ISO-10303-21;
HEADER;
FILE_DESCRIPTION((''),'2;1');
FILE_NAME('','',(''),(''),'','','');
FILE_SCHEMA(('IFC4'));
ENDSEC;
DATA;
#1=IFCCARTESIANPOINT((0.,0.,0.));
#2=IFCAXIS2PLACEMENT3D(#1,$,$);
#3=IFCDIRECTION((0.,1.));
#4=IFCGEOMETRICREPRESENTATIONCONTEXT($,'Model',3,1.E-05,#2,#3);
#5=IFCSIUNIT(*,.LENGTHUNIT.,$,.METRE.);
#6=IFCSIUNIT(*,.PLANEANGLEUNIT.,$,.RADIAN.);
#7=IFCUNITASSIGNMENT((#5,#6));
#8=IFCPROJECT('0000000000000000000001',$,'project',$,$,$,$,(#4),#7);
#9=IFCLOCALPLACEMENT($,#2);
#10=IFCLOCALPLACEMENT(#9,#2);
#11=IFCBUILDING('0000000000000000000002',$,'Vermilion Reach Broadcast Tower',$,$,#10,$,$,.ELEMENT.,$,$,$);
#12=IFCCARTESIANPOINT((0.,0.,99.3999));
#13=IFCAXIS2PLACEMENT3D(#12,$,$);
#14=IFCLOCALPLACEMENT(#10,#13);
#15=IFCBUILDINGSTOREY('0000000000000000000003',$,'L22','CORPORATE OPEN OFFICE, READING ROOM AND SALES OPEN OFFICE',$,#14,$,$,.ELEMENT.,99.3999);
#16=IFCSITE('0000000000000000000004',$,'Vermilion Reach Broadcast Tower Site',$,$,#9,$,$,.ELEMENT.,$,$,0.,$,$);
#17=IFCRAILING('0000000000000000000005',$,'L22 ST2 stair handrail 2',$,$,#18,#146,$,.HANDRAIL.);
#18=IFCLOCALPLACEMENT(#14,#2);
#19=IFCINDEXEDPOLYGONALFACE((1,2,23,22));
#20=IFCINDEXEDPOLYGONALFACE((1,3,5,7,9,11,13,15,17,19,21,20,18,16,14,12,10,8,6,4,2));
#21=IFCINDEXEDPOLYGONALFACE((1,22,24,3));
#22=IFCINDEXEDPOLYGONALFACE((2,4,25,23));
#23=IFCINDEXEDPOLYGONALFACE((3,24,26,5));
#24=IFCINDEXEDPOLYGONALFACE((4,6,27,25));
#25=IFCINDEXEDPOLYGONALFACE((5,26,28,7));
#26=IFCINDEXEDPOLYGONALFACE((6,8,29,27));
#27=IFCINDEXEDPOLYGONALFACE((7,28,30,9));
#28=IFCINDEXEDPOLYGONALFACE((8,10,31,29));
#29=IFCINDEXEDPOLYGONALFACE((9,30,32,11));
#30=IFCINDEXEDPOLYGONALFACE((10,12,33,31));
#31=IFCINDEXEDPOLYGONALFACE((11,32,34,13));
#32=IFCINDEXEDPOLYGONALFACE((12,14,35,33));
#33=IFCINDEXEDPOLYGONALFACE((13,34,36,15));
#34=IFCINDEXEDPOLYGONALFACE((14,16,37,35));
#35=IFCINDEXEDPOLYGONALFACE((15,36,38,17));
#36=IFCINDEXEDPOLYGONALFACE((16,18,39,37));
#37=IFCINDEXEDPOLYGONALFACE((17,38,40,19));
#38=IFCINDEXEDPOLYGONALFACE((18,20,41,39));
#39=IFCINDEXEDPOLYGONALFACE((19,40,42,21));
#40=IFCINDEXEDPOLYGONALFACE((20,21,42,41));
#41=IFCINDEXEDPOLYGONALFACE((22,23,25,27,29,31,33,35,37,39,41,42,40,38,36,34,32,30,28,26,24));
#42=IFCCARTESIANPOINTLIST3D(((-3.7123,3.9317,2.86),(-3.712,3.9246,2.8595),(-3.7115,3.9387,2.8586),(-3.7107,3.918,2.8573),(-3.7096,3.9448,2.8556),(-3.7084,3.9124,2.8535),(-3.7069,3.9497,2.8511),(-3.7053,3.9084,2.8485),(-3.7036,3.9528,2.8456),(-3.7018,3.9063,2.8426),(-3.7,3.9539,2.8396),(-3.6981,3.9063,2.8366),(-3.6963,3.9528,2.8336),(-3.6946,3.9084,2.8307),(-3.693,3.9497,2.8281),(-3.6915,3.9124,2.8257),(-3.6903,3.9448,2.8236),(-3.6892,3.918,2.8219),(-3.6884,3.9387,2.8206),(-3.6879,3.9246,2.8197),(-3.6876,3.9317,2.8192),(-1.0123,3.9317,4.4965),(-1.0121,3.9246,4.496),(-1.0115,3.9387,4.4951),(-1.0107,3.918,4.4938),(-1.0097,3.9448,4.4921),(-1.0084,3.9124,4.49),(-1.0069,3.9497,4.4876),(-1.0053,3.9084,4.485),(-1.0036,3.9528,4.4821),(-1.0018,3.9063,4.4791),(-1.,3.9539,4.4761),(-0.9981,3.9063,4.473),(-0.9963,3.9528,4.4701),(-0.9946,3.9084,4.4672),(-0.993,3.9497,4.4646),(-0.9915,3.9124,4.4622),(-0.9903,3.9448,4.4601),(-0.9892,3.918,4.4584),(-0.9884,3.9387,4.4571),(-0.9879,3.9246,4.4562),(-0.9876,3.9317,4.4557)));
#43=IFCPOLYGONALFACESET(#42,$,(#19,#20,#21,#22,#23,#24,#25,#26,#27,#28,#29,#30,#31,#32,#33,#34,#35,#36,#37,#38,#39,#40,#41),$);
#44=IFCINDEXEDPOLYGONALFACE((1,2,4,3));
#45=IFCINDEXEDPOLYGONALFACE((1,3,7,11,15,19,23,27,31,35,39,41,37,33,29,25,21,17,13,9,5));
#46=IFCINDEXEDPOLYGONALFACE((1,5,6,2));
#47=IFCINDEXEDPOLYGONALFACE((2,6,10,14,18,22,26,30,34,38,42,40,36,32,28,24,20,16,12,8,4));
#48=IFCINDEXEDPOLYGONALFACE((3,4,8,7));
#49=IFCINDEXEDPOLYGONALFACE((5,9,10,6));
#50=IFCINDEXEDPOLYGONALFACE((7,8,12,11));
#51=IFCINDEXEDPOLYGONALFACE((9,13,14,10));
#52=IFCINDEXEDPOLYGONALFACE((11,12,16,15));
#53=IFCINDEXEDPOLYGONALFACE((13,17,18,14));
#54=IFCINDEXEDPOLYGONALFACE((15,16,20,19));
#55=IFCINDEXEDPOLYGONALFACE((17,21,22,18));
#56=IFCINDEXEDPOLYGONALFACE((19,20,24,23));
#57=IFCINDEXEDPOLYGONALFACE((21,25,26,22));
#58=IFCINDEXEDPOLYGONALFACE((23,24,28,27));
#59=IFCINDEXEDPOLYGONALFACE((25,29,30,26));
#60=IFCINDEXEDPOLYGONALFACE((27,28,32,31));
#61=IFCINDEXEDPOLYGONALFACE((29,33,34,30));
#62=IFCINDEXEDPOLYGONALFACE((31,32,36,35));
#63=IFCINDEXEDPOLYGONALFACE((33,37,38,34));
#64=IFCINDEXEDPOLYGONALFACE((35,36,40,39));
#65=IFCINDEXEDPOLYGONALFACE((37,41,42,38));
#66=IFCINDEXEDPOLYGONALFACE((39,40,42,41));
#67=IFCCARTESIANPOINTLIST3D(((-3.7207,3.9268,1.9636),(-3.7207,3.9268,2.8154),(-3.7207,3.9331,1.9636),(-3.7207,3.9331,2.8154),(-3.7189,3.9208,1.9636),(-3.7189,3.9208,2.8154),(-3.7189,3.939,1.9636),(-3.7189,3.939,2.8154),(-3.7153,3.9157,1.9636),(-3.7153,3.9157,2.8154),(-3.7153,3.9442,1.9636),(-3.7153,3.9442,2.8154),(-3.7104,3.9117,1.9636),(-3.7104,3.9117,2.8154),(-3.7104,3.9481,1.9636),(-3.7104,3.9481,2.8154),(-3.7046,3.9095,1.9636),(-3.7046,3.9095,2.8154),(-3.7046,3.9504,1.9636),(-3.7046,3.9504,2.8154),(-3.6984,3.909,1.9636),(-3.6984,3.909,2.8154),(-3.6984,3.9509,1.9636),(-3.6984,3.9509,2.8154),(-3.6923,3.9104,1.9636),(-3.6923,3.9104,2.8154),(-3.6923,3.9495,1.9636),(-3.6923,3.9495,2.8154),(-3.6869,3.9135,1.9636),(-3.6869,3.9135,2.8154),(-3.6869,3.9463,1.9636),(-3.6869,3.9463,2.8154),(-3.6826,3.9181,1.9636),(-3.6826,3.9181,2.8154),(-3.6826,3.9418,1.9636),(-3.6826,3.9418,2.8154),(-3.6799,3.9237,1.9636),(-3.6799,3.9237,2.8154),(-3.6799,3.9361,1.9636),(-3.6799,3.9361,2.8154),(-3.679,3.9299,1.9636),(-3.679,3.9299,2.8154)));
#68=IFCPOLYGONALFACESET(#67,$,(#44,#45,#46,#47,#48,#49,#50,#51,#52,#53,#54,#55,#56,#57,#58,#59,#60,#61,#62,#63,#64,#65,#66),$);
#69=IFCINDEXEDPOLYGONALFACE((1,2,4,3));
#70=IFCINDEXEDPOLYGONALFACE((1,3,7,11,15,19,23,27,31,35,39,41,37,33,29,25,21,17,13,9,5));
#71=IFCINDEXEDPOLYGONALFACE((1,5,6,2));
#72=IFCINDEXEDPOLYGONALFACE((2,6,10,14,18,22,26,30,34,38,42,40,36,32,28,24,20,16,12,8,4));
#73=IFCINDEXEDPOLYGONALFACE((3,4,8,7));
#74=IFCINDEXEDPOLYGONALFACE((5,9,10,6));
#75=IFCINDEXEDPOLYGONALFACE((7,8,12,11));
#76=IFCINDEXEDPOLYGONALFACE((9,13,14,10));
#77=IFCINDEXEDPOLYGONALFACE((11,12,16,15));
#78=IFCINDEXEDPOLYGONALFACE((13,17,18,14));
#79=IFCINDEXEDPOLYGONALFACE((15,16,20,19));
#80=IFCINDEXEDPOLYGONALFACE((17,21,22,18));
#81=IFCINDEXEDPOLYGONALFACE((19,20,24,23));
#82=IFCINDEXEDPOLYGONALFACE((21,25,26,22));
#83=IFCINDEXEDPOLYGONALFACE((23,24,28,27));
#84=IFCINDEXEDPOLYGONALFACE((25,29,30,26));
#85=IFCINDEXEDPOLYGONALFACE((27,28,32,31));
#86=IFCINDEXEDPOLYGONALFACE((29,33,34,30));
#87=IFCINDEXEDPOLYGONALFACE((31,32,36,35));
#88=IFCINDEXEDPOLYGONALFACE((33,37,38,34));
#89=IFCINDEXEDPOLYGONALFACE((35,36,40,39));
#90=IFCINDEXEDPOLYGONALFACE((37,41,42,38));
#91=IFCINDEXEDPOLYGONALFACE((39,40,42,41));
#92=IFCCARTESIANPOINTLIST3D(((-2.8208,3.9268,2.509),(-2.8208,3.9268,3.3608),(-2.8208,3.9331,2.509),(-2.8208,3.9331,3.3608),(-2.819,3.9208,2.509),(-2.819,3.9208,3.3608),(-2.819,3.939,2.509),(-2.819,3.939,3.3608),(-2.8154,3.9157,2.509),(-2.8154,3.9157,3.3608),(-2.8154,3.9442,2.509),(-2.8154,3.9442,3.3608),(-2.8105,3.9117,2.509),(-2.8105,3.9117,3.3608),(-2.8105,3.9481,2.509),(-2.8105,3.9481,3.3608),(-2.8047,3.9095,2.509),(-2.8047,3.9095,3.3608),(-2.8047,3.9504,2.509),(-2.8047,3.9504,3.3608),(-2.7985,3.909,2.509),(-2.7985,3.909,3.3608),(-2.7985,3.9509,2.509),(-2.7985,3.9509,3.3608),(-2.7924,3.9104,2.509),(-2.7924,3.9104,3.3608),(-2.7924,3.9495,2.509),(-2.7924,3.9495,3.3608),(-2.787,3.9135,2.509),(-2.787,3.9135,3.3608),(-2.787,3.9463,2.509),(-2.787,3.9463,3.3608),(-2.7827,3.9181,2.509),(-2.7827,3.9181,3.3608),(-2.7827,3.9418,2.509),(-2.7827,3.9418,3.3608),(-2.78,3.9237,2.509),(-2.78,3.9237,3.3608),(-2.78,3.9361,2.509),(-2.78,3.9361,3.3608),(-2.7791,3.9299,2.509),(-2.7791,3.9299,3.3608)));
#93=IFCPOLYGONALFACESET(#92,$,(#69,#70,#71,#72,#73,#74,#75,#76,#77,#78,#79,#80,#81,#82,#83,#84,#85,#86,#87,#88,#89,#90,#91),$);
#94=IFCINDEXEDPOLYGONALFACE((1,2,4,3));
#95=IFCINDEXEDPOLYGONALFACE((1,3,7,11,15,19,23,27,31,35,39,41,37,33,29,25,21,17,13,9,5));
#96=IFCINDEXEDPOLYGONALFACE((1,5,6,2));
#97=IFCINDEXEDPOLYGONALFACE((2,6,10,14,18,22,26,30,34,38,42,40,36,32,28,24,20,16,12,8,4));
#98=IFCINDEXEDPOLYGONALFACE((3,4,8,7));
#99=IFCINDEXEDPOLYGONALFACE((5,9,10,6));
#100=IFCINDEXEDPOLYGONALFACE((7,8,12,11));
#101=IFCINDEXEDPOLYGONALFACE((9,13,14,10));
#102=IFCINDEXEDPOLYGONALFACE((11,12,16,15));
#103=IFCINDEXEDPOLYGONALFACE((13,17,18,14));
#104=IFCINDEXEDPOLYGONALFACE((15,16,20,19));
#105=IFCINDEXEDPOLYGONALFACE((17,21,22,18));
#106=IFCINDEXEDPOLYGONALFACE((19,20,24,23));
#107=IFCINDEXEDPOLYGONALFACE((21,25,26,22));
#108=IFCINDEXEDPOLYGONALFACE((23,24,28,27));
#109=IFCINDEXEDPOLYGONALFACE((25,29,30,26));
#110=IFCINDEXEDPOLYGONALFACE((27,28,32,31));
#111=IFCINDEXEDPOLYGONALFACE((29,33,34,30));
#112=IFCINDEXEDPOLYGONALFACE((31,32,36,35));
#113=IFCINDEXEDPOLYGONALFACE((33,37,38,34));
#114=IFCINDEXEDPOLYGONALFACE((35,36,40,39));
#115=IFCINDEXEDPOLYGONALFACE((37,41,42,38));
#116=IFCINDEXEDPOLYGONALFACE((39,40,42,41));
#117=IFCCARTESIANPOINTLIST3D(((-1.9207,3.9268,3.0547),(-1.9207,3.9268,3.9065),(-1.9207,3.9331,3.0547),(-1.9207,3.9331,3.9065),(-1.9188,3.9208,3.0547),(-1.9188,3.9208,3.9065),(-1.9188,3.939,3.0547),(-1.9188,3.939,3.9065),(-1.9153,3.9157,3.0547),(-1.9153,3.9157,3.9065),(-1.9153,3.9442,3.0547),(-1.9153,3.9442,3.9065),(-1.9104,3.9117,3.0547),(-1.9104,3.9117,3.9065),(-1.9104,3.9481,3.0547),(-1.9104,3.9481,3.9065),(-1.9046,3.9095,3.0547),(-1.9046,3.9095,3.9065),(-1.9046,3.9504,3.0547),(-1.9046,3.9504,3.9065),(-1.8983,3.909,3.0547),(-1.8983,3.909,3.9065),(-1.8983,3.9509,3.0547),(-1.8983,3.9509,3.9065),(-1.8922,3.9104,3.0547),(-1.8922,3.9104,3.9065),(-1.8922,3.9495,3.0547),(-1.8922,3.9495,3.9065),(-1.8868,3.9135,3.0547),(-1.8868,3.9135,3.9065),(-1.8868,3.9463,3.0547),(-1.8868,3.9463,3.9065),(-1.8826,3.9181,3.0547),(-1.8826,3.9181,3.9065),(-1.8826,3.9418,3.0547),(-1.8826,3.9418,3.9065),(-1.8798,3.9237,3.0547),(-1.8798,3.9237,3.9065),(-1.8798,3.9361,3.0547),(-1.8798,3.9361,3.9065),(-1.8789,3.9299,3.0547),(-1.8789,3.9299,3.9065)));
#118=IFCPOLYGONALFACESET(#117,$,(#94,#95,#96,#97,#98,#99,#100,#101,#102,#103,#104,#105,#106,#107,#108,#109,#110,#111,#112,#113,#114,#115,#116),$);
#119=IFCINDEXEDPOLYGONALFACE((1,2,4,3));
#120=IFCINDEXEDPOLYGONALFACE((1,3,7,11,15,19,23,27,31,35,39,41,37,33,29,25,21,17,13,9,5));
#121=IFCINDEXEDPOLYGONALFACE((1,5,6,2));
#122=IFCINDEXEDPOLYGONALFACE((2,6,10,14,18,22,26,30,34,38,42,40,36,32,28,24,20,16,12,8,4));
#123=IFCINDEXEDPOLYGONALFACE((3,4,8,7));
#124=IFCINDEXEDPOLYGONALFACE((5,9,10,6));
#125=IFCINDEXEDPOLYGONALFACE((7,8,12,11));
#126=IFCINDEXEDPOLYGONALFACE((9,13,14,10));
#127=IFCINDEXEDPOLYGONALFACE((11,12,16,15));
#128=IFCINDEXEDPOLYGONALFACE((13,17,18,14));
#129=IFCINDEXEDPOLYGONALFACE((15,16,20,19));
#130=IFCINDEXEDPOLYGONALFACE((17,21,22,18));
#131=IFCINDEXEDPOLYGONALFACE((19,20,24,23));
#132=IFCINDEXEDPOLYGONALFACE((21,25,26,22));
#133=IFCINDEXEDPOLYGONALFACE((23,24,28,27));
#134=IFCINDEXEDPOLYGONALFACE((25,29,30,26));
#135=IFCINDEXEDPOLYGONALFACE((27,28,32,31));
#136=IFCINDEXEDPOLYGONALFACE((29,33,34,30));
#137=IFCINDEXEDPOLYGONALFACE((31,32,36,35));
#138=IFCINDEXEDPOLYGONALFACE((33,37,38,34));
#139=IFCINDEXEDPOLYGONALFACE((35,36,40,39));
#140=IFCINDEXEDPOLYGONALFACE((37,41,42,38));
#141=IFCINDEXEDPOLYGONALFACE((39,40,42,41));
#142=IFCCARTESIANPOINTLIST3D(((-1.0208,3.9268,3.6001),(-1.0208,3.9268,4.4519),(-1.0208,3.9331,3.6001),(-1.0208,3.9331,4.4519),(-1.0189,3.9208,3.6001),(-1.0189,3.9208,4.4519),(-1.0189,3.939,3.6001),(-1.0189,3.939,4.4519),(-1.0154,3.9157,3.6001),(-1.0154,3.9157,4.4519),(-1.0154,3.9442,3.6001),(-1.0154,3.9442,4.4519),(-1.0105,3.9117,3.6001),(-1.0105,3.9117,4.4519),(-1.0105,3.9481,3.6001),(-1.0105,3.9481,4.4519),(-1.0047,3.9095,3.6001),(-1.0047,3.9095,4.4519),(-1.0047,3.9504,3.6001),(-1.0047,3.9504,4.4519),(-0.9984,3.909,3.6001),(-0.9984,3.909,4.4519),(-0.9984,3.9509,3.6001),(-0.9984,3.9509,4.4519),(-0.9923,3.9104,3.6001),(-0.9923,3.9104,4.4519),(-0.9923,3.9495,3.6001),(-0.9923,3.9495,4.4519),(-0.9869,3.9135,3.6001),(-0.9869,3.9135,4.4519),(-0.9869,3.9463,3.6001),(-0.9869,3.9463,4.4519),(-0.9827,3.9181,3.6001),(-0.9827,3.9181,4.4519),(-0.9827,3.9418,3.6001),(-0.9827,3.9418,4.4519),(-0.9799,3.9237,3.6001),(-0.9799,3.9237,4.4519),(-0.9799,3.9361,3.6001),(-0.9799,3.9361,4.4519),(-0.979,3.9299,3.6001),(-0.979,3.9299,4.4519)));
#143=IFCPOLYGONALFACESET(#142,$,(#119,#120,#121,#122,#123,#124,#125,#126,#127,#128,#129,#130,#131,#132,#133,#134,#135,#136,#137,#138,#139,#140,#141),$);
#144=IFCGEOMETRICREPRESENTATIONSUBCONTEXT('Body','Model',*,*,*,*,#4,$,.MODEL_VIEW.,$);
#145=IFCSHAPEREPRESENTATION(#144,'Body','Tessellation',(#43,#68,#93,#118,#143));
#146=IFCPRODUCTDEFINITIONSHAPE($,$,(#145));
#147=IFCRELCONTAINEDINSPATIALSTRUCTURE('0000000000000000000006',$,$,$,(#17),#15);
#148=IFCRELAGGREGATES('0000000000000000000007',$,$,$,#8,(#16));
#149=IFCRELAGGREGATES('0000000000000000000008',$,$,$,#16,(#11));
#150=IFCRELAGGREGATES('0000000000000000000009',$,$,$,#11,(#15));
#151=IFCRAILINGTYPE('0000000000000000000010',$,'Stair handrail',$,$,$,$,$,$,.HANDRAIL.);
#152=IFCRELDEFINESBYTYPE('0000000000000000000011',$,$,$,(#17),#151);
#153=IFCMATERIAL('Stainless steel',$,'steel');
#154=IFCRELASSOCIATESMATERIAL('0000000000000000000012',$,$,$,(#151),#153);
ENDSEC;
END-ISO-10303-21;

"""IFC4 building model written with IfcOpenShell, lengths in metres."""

from ifc_helpers import new_model, si_unit, direction, frame, origin, origin_2d, place, context, subcontext, project, spatial, circle, extrude, material, type_object, element, save


model = new_model("IFC4")

# Units and contexts
model_context = context("Model", 3, precision=1e-05, world=origin(), true_north=direction((0.0, 1.0)))
body_context = subcontext(model_context, "Body", "Model", "MODEL_VIEW")
ifc_project = project(units=[si_unit("LENGTHUNIT", "METRE"), si_unit("PLANEANGLEUNIT", "RADIAN")], contexts=[model_context])

# Site, building, storey
site_placement = place(None, origin())
site = spatial("IfcSite", under=ifc_project, at=site_placement, Name="Vermilion Reach Broadcast Tower Site", CompositionType="ELEMENT", RefElevation=0.0)
building_placement = place(site_placement, origin())
building = spatial("IfcBuilding", under=site, at=building_placement, Name="Vermilion Reach Broadcast Tower", CompositionType="ELEMENT")
storey_placement = place(building_placement, frame((0.0, 0.0, 99.3999)))
storey = spatial("IfcBuildingStorey", under=building, at=storey_placement, Name="L22", Description="CORPORATE OPEN OFFICE, READING ROOM AND SALES OPEN OFFICE", CompositionType="ELEMENT", Elevation=99.3999)

# Railing
ifc_material_1 = material(Name="Stainless steel", Category="steel")
railing_type_1 = type_object("IfcRailingType", Name="Stair handrail", PredefinedType="HANDRAIL", material=ifc_material_1)
railing_1_placement = place(storey_placement, frame((-3.7, 3.9299, 1.9636)))
element("IfcRailing", 1, at=railing_1_placement, inside=storey, type_object=railing_type_1, Name="L22 ST2 stair handrail 2", PredefinedType="HANDRAIL", context=body_context, shape_type="SweptSolid", body=[
    extrude(circle(Radius=0.0239, at=origin_2d()), frame((0.0, 0.0, 0.876), z_axis=(0.855178, 0.0, 0.518334), x_axis=(0.0, 1.0, 0.0)), (0.0, 0.0, 1.0), 3.1572),
    extrude(circle(Radius=0.021, at=origin_2d()), origin(), (0.0, 0.0, 1.0), 0.8518),
    extrude(circle(Radius=0.021, at=origin_2d()), frame((0.8999, 0.0, 0.5454)), (0.0, 0.0, 1.0), 0.8518),
    extrude(circle(Radius=0.021, at=origin_2d()), frame((1.8, 0.0, 1.0911)), (0.0, 0.0, 1.0), 0.8518),
    extrude(circle(Radius=0.021, at=origin_2d()), frame((2.7, 0.0, 1.6365)), (0.0, 0.0, 1.0), 0.8518),
])

save(model, "model.ifc")
